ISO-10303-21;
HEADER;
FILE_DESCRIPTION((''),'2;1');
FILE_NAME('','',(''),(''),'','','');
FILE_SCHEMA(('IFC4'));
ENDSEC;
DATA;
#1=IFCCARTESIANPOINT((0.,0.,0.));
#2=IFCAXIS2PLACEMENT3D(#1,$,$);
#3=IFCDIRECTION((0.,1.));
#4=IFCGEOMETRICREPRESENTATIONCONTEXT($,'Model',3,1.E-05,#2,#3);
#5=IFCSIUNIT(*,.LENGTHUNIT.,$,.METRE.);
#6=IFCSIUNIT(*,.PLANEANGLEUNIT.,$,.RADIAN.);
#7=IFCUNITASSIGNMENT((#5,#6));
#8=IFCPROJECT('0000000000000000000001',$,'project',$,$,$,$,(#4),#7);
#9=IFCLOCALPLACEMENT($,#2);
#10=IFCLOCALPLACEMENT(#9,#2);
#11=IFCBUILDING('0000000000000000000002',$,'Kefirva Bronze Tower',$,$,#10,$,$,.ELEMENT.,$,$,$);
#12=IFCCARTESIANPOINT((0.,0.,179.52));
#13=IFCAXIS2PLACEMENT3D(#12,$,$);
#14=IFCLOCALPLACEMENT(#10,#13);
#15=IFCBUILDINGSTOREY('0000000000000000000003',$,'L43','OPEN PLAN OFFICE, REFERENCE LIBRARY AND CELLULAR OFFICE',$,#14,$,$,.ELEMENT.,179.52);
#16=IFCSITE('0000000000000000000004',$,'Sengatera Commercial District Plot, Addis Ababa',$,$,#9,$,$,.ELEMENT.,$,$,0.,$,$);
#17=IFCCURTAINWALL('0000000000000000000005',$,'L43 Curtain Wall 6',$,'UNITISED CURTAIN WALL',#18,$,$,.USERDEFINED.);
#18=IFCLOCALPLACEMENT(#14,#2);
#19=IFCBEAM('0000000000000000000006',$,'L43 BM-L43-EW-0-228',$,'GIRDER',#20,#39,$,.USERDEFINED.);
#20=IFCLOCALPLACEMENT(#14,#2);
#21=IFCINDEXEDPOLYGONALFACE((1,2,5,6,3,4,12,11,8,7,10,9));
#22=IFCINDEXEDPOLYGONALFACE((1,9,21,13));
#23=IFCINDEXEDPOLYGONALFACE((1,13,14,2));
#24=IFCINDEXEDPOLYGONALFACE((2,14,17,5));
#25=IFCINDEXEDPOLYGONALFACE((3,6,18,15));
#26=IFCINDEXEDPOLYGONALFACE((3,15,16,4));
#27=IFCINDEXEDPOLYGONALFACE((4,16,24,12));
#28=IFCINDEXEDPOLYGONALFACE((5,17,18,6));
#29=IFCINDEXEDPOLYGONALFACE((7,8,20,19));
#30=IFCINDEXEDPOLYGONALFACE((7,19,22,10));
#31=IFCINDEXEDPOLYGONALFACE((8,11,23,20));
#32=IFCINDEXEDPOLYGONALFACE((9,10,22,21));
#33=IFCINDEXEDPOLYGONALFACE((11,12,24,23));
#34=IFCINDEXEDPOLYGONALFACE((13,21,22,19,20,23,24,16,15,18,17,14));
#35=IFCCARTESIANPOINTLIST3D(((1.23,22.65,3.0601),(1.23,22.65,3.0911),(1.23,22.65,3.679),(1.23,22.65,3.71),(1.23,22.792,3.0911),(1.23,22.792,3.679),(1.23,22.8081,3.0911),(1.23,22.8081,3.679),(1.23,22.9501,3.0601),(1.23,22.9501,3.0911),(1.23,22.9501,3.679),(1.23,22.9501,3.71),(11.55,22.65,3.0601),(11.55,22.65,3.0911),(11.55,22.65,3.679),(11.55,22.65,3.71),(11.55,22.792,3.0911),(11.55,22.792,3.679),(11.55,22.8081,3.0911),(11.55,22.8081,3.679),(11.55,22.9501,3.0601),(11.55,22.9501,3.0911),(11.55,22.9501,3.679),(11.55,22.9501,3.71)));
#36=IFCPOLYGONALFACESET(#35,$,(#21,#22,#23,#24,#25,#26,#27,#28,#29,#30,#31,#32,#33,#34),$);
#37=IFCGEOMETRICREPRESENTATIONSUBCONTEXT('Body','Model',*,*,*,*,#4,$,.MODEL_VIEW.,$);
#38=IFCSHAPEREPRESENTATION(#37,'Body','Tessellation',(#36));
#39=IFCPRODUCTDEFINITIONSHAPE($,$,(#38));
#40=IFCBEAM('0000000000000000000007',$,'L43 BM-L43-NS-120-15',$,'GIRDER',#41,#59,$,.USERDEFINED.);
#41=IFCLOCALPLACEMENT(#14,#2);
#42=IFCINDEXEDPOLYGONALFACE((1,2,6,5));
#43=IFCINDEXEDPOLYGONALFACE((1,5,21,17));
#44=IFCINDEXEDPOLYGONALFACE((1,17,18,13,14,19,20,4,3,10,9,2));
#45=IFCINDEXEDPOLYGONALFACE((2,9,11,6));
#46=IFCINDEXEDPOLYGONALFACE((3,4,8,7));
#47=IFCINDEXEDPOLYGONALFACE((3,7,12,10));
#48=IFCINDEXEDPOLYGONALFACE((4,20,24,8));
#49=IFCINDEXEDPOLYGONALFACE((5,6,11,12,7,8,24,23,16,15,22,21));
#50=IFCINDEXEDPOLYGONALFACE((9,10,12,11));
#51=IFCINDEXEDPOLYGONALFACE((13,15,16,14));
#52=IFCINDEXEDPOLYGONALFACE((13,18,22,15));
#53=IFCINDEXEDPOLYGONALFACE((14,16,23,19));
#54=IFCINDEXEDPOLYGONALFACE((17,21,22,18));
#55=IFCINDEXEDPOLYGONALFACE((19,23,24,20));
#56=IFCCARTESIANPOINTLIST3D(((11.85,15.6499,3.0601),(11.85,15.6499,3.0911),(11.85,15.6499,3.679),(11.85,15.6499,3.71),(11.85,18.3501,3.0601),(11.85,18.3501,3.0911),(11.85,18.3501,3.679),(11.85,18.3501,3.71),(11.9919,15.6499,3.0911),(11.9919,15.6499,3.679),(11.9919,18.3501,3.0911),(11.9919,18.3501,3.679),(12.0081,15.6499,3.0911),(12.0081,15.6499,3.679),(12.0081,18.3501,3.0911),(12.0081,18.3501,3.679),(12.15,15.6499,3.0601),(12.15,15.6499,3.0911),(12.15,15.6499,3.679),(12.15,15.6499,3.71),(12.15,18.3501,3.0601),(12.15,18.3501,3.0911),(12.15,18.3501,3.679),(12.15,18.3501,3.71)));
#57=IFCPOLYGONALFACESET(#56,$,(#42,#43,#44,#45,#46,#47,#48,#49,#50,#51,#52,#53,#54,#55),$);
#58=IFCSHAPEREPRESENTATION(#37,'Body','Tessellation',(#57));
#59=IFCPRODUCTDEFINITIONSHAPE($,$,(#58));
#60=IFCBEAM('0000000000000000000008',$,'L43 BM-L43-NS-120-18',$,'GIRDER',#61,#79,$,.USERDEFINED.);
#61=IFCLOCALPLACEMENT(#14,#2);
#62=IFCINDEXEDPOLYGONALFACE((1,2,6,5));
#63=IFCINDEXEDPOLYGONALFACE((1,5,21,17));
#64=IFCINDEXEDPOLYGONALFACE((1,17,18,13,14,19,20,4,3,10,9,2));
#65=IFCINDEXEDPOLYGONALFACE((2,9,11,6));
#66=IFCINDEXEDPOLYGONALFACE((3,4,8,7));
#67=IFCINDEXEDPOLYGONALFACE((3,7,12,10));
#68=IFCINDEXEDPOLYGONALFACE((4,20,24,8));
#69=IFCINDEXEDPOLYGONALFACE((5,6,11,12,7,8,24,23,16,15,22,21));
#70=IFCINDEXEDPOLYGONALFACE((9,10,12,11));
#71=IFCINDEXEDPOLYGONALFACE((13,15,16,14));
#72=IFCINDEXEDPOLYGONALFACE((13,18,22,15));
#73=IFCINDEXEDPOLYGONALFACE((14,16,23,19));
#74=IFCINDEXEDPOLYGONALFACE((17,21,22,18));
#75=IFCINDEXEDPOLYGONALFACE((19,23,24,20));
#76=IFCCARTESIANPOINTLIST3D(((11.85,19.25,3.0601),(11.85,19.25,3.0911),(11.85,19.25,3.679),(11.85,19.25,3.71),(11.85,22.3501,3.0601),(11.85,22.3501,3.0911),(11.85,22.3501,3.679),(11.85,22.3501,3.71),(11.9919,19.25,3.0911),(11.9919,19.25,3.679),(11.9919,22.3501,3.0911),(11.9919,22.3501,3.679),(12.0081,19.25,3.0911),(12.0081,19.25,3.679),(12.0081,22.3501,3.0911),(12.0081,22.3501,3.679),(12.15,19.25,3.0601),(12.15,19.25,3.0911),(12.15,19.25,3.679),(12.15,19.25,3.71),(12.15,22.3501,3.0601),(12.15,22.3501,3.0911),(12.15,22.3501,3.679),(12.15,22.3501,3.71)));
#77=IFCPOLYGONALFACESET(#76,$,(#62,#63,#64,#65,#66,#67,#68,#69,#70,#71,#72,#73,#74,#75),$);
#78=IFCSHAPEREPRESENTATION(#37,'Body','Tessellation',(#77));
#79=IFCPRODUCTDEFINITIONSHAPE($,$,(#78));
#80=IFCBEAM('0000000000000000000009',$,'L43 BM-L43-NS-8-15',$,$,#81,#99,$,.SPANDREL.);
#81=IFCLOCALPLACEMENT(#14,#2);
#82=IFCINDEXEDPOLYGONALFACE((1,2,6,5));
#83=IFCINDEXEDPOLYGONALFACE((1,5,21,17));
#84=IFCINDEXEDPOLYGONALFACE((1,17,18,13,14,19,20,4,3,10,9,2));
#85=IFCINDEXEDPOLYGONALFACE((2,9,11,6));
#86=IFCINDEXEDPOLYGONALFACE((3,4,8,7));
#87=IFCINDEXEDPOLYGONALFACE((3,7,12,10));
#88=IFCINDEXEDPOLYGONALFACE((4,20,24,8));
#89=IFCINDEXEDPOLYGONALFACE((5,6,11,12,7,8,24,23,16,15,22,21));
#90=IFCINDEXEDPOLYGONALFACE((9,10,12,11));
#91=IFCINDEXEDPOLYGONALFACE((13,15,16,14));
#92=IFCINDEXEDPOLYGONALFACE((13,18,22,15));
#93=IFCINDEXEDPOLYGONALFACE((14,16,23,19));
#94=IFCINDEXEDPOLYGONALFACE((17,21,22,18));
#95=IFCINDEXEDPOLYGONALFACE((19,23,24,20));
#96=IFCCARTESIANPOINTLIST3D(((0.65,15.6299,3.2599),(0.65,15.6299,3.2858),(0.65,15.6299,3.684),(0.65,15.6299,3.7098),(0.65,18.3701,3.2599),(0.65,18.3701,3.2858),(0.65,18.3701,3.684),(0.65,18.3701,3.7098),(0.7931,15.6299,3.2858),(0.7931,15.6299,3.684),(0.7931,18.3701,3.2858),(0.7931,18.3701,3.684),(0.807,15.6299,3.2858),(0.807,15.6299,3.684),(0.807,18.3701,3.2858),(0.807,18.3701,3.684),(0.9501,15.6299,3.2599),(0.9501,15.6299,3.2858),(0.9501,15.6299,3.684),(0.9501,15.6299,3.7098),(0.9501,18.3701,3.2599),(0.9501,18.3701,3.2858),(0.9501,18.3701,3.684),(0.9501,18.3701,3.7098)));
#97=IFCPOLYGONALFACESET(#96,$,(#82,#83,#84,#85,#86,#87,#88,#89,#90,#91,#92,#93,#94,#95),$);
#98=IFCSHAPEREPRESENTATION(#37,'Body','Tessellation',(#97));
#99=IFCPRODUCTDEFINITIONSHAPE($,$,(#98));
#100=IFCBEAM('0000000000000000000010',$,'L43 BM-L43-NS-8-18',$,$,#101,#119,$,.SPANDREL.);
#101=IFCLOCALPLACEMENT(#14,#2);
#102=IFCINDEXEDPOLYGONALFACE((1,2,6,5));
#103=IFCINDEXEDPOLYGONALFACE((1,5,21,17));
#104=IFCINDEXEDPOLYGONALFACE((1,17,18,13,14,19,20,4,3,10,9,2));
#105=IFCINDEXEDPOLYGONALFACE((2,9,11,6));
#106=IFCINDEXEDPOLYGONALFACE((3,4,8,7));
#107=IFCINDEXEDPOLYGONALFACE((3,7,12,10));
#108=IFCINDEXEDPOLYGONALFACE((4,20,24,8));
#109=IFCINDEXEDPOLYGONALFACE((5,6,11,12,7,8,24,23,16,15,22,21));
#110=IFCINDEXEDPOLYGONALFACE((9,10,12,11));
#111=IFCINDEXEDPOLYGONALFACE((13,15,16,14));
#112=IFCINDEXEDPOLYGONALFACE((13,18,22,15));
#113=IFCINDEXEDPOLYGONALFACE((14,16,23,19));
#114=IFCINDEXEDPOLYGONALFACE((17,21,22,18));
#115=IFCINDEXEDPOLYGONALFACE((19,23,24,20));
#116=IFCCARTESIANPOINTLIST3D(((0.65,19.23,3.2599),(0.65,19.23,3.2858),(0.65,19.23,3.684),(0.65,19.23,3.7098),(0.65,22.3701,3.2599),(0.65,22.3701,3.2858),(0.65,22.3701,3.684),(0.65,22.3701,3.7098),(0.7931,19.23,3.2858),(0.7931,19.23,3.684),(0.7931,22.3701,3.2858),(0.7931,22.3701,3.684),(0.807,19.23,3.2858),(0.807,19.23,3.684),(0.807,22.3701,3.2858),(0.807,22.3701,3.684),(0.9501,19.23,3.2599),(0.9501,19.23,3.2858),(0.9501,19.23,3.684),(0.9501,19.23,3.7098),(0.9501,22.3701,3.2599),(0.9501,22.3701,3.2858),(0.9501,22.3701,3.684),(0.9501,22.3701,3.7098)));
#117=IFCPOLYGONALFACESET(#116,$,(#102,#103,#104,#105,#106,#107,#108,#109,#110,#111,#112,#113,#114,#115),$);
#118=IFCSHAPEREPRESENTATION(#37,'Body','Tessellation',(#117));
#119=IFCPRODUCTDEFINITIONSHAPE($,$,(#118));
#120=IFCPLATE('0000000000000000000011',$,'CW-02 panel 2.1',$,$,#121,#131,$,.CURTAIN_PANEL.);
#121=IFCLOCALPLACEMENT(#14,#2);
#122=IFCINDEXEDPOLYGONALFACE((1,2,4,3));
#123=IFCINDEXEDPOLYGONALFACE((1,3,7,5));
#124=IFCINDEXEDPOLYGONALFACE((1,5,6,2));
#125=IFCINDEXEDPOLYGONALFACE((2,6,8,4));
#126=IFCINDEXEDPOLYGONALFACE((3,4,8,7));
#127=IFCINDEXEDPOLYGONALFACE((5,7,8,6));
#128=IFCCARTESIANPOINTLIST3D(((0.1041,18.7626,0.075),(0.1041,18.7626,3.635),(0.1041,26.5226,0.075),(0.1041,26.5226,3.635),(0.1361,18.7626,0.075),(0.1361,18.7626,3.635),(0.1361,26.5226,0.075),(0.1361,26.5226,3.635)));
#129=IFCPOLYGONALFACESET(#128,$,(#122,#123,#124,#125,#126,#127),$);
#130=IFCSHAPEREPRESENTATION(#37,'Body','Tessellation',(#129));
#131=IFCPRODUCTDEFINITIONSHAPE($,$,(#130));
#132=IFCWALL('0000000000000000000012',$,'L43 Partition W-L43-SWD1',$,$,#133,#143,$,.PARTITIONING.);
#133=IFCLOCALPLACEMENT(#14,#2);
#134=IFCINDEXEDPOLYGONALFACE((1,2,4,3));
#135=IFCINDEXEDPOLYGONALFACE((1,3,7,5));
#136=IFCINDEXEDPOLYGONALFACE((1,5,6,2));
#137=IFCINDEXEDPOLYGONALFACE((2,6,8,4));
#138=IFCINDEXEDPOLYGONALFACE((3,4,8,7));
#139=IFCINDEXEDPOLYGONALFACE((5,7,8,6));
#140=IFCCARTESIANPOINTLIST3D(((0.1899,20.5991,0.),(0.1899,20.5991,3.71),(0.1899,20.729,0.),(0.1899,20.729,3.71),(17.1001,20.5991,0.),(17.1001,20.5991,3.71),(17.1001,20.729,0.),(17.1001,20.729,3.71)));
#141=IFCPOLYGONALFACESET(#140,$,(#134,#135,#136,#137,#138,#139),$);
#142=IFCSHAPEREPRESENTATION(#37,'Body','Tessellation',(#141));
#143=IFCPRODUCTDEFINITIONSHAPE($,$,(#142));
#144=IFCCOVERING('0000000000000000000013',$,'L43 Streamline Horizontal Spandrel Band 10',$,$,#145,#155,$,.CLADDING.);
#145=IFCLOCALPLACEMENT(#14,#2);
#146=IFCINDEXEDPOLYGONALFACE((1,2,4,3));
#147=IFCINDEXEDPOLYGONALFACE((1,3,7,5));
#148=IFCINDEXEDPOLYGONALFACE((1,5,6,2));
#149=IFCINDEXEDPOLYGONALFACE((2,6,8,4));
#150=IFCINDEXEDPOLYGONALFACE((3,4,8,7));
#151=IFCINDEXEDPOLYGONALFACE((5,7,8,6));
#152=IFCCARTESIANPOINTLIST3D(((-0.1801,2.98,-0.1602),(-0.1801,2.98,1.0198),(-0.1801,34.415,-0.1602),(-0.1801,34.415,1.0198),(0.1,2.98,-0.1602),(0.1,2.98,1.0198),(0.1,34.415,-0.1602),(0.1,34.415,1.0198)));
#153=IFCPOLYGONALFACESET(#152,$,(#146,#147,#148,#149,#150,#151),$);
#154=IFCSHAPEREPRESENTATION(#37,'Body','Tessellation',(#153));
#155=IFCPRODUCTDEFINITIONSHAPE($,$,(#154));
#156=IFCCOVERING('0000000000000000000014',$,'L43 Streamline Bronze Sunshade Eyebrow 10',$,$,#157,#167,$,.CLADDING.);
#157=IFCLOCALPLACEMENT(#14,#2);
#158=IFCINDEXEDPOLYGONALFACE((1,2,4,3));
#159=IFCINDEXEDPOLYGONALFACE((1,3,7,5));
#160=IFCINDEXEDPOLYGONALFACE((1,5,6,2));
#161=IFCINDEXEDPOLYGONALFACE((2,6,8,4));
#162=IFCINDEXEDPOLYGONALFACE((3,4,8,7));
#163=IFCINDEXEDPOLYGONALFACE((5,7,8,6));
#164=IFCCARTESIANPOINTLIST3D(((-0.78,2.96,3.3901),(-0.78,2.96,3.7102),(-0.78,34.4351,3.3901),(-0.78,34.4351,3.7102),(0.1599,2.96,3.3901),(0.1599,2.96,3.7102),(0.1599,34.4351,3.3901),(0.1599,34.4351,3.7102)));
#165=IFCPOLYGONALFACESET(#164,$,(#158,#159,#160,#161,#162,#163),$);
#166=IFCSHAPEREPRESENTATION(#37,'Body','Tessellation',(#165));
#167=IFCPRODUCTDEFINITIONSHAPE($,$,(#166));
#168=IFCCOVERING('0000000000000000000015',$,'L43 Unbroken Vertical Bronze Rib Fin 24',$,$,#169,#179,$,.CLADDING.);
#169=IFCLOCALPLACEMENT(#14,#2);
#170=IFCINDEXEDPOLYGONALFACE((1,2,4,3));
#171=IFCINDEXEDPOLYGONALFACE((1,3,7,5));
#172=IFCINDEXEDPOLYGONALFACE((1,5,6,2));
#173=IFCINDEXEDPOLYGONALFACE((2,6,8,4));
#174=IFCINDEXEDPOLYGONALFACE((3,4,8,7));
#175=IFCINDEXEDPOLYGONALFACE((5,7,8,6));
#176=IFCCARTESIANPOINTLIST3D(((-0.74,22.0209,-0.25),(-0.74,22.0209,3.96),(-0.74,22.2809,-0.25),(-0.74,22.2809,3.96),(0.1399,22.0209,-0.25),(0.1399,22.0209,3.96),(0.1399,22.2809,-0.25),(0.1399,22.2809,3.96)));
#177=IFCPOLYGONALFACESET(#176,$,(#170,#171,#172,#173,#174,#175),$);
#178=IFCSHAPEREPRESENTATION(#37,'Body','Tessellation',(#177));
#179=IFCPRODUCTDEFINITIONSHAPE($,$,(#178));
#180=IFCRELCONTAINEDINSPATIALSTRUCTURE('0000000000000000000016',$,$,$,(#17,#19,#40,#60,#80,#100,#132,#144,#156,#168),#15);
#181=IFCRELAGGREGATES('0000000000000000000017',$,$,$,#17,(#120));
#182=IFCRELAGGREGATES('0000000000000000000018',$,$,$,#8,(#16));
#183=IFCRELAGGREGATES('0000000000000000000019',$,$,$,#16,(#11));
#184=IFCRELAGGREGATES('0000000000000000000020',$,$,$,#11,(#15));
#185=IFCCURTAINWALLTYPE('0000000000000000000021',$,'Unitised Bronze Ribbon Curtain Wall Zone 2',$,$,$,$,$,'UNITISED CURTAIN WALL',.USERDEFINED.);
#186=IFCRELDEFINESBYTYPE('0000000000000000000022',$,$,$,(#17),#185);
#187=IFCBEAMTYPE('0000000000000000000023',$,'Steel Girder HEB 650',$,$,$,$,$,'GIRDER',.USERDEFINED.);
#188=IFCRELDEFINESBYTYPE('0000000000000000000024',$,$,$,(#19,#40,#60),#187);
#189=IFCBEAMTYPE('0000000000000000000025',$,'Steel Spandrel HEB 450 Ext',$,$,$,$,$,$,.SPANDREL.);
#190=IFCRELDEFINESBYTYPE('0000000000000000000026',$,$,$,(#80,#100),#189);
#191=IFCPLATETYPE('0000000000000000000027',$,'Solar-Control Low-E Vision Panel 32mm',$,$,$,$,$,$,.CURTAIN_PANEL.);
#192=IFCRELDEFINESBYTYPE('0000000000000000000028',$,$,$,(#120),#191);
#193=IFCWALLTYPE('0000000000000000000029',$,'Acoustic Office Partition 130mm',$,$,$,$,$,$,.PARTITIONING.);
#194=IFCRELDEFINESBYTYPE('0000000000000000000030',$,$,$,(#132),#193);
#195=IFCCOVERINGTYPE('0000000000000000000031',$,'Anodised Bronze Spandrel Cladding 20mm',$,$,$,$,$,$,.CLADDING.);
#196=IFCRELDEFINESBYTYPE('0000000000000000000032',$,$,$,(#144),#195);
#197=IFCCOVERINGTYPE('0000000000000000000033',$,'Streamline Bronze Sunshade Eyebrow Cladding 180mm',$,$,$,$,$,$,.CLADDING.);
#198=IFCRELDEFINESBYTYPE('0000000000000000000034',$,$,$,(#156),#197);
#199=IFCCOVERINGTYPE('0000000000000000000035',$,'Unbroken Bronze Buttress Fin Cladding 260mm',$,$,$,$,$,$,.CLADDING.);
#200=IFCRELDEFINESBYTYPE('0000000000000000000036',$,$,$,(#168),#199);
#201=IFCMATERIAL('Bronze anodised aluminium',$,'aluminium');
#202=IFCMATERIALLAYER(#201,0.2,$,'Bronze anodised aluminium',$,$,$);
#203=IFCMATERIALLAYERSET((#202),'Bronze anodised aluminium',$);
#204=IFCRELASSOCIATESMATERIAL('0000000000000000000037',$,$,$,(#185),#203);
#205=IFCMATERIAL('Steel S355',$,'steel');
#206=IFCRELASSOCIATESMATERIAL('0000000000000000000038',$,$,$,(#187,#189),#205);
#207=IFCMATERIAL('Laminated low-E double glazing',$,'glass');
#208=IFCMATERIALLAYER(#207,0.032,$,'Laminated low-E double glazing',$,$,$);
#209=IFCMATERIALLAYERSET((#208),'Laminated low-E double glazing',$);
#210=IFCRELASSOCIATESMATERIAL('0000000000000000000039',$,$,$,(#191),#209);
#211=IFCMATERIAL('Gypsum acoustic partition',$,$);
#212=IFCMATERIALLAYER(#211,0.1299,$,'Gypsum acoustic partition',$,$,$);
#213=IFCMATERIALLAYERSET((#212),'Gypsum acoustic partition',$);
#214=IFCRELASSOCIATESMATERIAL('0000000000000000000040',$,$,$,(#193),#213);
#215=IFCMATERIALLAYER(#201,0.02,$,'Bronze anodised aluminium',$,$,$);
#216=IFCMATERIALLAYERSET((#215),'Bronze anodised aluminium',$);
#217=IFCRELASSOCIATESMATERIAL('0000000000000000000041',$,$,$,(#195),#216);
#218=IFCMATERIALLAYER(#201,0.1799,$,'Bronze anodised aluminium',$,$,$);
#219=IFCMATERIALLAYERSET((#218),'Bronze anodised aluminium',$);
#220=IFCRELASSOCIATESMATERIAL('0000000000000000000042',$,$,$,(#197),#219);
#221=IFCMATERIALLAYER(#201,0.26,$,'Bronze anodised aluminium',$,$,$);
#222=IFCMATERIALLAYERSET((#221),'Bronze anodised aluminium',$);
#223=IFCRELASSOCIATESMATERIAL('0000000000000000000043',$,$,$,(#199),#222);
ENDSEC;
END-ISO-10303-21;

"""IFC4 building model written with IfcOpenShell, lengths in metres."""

from ifc_helpers import new_model, si_unit, direction, frame, frame_2d, origin, origin_2d, place, context, subcontext, project, spatial, rectangle, i_section, extrude, material, layer, layer_set, material_profile, profile_set, type_object, element, aggregate, save


model = new_model("IFC4")

# Units and contexts
model_context = context("Model", 3, precision=1e-05, world=origin(), true_north=direction((0.0, 1.0)))
body_context = subcontext(model_context, "Body", "Model", "MODEL_VIEW")
ifc_project = project(units=[si_unit("LENGTHUNIT", "METRE"), si_unit("PLANEANGLEUNIT", "RADIAN")], contexts=[model_context])

# Site, building, storey
site_placement = place(None, origin())
site = spatial("IfcSite", under=ifc_project, at=site_placement, Name="Sengatera Commercial District Plot, Addis Ababa", CompositionType="ELEMENT", RefElevation=0.0)
building_placement = place(site_placement, origin())
building = spatial("IfcBuilding", under=site, at=building_placement, Name="Kefirva Bronze Tower", CompositionType="ELEMENT")
storey_placement = place(building_placement, frame((0.0, 0.0, 179.52)))
storey = spatial("IfcBuildingStorey", under=building, at=storey_placement, Name="L43", Description="OPEN PLAN OFFICE, REFERENCE LIBRARY AND CELLULAR OFFICE", CompositionType="ELEMENT", Elevation=179.52)

# Curtain wall
ifc_material_1 = material(Name="Bronze anodised aluminium", Category="aluminium")
ifc_layer_1 = layer(ifc_material_1, 0.2, Name="Bronze anodised aluminium")
ifc_layer_set_1 = layer_set([ifc_layer_1], Name="Bronze anodised aluminium")
curtain_wall_type = type_object("IfcCurtainWallType", Name="Unitised Bronze Ribbon Curtain Wall Zone 2", ElementType="UNITISED CURTAIN WALL", PredefinedType="USERDEFINED", material=ifc_layer_set_1)
curtain_wall_placement = place(storey_placement, origin())
curtain_wall = element("IfcCurtainWall", 1, at=curtain_wall_placement, inside=storey, type_object=curtain_wall_type, Name="L43 Curtain Wall 6", ObjectType="UNITISED CURTAIN WALL", PredefinedType="USERDEFINED")

# Beams
ifc_material_2 = material(Name="Steel S355", Category="steel")
ifc_material_profile_1 = material_profile(ifc_material_2, i_section(OverallWidth=0.3, OverallDepth=0.6499, WebThickness=0.0161, FlangeThickness=0.031, at=origin_2d()), Name="HEB 650")
ifc_profile_set_1 = profile_set([ifc_material_profile_1], Name="Steel S355")
beam_type_1 = type_object("IfcBeamType", Name="Steel Girder HEB 650", ElementType="GIRDER", PredefinedType="USERDEFINED", material=ifc_profile_set_1)
for number, where, z_axis, x_axis, name in (
    (2, (1.23, 22.8, 3.385), (1.0, 0.0, 0.0), (0.0, 1.0, 0.0), "L43 BM-L43-EW-0-228"),
):
    element("IfcBeam", number, at=place(storey_placement, frame(where, z_axis=z_axis, x_axis=x_axis)), inside=storey, type_object=beam_type_1, Name=name, ObjectType="GIRDER", PredefinedType="USERDEFINED", context=body_context, shape_type="SweptSolid", body=[
        extrude(i_section(OverallWidth=0.3, OverallDepth=0.6499, WebThickness=0.0161, FlangeThickness=0.031, at=origin_2d()), origin(), (0.0, 0.0, 1.0), 10.3201),
    ])
beam_1_placement = place(storey_placement, frame((12.0, 15.6499, 3.385), z_axis=(0.0, 1.0, 0.0), x_axis=(-1.0, 0.0, 0.0)))
element("IfcBeam", 3, at=beam_1_placement, inside=storey, type_object=beam_type_1, Name="L43 BM-L43-NS-120-15", ObjectType="GIRDER", PredefinedType="USERDEFINED", context=body_context, shape_type="SweptSolid", body=[
    extrude(i_section(OverallWidth=0.3, OverallDepth=0.6499, WebThickness=0.0161, FlangeThickness=0.031, at=origin_2d()), origin(), (0.0, 0.0, 1.0), 2.7002),
])
beam_2_placement = place(storey_placement, frame((12.0, 19.25, 3.385), z_axis=(0.0, 1.0, 0.0), x_axis=(-1.0, 0.0, 0.0)))
element("IfcBeam", 4, at=beam_2_placement, inside=storey, type_object=beam_type_1, Name="L43 BM-L43-NS-120-18", ObjectType="GIRDER", PredefinedType="USERDEFINED", context=body_context, shape_type="SweptSolid", body=[
    extrude(i_section(OverallWidth=0.3, OverallDepth=0.6499, WebThickness=0.0161, FlangeThickness=0.031, at=origin_2d()), origin(), (0.0, 0.0, 1.0), 3.1001),
])
ifc_material_profile_2 = material_profile(ifc_material_2, i_section(OverallWidth=0.3, OverallDepth=0.45, WebThickness=0.0139, FlangeThickness=0.0259, at=origin_2d()), Name="HEB 450")
ifc_profile_set_2 = profile_set([ifc_material_profile_2], Name="Steel S355")
beam_type_2 = type_object("IfcBeamType", Name="Steel Spandrel HEB 450 Ext", PredefinedType="SPANDREL", material=ifc_profile_set_2)
beam_3_placement = place(storey_placement, frame((0.8, 15.6299, 3.4849), z_axis=(0.0, 1.0, 0.0), x_axis=(-1.0, 0.0, 0.0)))
element("IfcBeam", 5, at=beam_3_placement, inside=storey, type_object=beam_type_2, Name="L43 BM-L43-NS-8-15", PredefinedType="SPANDREL", context=body_context, shape_type="SweptSolid", body=[
    extrude(i_section(OverallWidth=0.3, OverallDepth=0.45, WebThickness=0.0139, FlangeThickness=0.0259, at=origin_2d()), origin(), (0.0, 0.0, 1.0), 2.7402),
])
beam_4_placement = place(storey_placement, frame((0.8, 19.23, 3.4849), z_axis=(0.0, 1.0, 0.0), x_axis=(-1.0, 0.0, 0.0)))
element("IfcBeam", 6, at=beam_4_placement, inside=storey, type_object=beam_type_2, Name="L43 BM-L43-NS-8-18", PredefinedType="SPANDREL", context=body_context, shape_type="SweptSolid", body=[
    extrude(i_section(OverallWidth=0.3, OverallDepth=0.45, WebThickness=0.0139, FlangeThickness=0.0259, at=origin_2d()), origin(), (0.0, 0.0, 1.0), 3.1401),
])

# Plate
ifc_material_3 = material(Name="Laminated low-E double glazing", Category="glass")
ifc_layer_2 = layer(ifc_material_3, 0.032, Name="Laminated low-E double glazing")
ifc_layer_set_2 = layer_set([ifc_layer_2], Name="Laminated low-E double glazing")
plate_type = type_object("IfcPlateType", Name="Solar-Control Low-E Vision Panel 32mm", PredefinedType="CURTAIN_PANEL", material=ifc_layer_set_2)
plate_placement = place(storey_placement, frame((0.1201, 22.6426, 0.075), z_axis=(0.0, 0.0, 1.0), x_axis=(0.0, -1.0, 0.0)))
plate = element("IfcPlate", 7, at=plate_placement, type_object=plate_type, Name="CW-02 panel 2.1", PredefinedType="CURTAIN_PANEL", context=body_context, shape_type="SweptSolid", body=[
    extrude(rectangle(XDim=7.76, YDim=0.032, at=origin_2d()), origin(), (0.0, 0.0, 1.0), 3.5601),
])
aggregate(curtain_wall, [plate])

# Wall
ifc_material_4 = material(Name="Gypsum acoustic partition")
ifc_layer_3 = layer(ifc_material_4, 0.1299, Name="Gypsum acoustic partition")
ifc_layer_set_3 = layer_set([ifc_layer_3], Name="Gypsum acoustic partition")
wall_type = type_object("IfcWallType", Name="Acoustic Office Partition 130mm", PredefinedType="PARTITIONING", material=ifc_layer_set_3)
wall_placement = place(storey_placement, frame((0.1899, 20.6641, 0.0), z_axis=(0.0, 0.0, 1.0), x_axis=(1.0, 0.0, 0.0)))
element("IfcWall", 8, at=wall_placement, inside=storey, type_object=wall_type, Name="L43 Partition W-L43-SWD1", PredefinedType="PARTITIONING", context=body_context, shape_type="SweptSolid", body=[
    extrude(rectangle(XDim=16.9102, YDim=0.1299, at=frame_2d((8.4551, 0.0))), origin(), (0.0, 0.0, 1.0), 3.71),
])

# Coverings
ifc_layer_4 = layer(ifc_material_1, 0.02, Name="Bronze anodised aluminium")
ifc_layer_set_4 = layer_set([ifc_layer_4], Name="Bronze anodised aluminium")
covering_type_1 = type_object("IfcCoveringType", Name="Anodised Bronze Spandrel Cladding 20mm", PredefinedType="CLADDING", material=ifc_layer_set_4)
covering_1_placement = place(storey_placement, frame((-0.04, 18.6975, -0.1602), z_axis=(0.0, 0.0, 1.0), x_axis=(0.0, -1.0, 0.0)))
element("IfcCovering", 9, at=covering_1_placement, inside=storey, type_object=covering_type_1, Name="L43 Streamline Horizontal Spandrel Band 10", PredefinedType="CLADDING", context=body_context, shape_type="SweptSolid", body=[
    extrude(rectangle(XDim=31.4351, YDim=0.28, at=origin_2d()), origin(), (0.0, 0.0, 1.0), 1.1799),
])
ifc_layer_5 = layer(ifc_material_1, 0.1799, Name="Bronze anodised aluminium")
ifc_layer_set_5 = layer_set([ifc_layer_5], Name="Bronze anodised aluminium")
covering_type_2 = type_object("IfcCoveringType", Name="Streamline Bronze Sunshade Eyebrow Cladding 180mm", PredefinedType="CLADDING", material=ifc_layer_set_5)
covering_2_placement = place(storey_placement, frame((-0.3101, 18.6975, 3.3901), z_axis=(0.0, 0.0, 1.0), x_axis=(0.0, -1.0, 0.0)))
element("IfcCovering", 10, at=covering_2_placement, inside=storey, type_object=covering_type_2, Name="L43 Streamline Bronze Sunshade Eyebrow 10", PredefinedType="CLADDING", context=body_context, shape_type="SweptSolid", body=[
    extrude(rectangle(XDim=31.4751, YDim=0.9399, at=origin_2d()), origin(), (0.0, 0.0, 1.0), 0.3201),
])
ifc_layer_6 = layer(ifc_material_1, 0.26, Name="Bronze anodised aluminium")
ifc_layer_set_6 = layer_set([ifc_layer_6], Name="Bronze anodised aluminium")
covering_type_3 = type_object("IfcCoveringType", Name="Unbroken Bronze Buttress Fin Cladding 260mm", PredefinedType="CLADDING", material=ifc_layer_set_6)
for number, where, z_axis, x_axis, name in (
    (11, (-0.3, 22.1509, -0.25), (0.0, 0.0, 1.0), (0.0, -1.0, 0.0), "L43 Unbroken Vertical Bronze Rib Fin 24"),
):
    element("IfcCovering", number, at=place(storey_placement, frame(where, z_axis=z_axis, x_axis=x_axis)), inside=storey, type_object=covering_type_3, Name=name, PredefinedType="CLADDING", context=body_context, shape_type="SweptSolid", body=[
        extrude(rectangle(XDim=0.26, YDim=0.8799, at=origin_2d()), origin(), (0.0, 0.0, 1.0), 4.21),
    ])

save(model, "model.ifc")
